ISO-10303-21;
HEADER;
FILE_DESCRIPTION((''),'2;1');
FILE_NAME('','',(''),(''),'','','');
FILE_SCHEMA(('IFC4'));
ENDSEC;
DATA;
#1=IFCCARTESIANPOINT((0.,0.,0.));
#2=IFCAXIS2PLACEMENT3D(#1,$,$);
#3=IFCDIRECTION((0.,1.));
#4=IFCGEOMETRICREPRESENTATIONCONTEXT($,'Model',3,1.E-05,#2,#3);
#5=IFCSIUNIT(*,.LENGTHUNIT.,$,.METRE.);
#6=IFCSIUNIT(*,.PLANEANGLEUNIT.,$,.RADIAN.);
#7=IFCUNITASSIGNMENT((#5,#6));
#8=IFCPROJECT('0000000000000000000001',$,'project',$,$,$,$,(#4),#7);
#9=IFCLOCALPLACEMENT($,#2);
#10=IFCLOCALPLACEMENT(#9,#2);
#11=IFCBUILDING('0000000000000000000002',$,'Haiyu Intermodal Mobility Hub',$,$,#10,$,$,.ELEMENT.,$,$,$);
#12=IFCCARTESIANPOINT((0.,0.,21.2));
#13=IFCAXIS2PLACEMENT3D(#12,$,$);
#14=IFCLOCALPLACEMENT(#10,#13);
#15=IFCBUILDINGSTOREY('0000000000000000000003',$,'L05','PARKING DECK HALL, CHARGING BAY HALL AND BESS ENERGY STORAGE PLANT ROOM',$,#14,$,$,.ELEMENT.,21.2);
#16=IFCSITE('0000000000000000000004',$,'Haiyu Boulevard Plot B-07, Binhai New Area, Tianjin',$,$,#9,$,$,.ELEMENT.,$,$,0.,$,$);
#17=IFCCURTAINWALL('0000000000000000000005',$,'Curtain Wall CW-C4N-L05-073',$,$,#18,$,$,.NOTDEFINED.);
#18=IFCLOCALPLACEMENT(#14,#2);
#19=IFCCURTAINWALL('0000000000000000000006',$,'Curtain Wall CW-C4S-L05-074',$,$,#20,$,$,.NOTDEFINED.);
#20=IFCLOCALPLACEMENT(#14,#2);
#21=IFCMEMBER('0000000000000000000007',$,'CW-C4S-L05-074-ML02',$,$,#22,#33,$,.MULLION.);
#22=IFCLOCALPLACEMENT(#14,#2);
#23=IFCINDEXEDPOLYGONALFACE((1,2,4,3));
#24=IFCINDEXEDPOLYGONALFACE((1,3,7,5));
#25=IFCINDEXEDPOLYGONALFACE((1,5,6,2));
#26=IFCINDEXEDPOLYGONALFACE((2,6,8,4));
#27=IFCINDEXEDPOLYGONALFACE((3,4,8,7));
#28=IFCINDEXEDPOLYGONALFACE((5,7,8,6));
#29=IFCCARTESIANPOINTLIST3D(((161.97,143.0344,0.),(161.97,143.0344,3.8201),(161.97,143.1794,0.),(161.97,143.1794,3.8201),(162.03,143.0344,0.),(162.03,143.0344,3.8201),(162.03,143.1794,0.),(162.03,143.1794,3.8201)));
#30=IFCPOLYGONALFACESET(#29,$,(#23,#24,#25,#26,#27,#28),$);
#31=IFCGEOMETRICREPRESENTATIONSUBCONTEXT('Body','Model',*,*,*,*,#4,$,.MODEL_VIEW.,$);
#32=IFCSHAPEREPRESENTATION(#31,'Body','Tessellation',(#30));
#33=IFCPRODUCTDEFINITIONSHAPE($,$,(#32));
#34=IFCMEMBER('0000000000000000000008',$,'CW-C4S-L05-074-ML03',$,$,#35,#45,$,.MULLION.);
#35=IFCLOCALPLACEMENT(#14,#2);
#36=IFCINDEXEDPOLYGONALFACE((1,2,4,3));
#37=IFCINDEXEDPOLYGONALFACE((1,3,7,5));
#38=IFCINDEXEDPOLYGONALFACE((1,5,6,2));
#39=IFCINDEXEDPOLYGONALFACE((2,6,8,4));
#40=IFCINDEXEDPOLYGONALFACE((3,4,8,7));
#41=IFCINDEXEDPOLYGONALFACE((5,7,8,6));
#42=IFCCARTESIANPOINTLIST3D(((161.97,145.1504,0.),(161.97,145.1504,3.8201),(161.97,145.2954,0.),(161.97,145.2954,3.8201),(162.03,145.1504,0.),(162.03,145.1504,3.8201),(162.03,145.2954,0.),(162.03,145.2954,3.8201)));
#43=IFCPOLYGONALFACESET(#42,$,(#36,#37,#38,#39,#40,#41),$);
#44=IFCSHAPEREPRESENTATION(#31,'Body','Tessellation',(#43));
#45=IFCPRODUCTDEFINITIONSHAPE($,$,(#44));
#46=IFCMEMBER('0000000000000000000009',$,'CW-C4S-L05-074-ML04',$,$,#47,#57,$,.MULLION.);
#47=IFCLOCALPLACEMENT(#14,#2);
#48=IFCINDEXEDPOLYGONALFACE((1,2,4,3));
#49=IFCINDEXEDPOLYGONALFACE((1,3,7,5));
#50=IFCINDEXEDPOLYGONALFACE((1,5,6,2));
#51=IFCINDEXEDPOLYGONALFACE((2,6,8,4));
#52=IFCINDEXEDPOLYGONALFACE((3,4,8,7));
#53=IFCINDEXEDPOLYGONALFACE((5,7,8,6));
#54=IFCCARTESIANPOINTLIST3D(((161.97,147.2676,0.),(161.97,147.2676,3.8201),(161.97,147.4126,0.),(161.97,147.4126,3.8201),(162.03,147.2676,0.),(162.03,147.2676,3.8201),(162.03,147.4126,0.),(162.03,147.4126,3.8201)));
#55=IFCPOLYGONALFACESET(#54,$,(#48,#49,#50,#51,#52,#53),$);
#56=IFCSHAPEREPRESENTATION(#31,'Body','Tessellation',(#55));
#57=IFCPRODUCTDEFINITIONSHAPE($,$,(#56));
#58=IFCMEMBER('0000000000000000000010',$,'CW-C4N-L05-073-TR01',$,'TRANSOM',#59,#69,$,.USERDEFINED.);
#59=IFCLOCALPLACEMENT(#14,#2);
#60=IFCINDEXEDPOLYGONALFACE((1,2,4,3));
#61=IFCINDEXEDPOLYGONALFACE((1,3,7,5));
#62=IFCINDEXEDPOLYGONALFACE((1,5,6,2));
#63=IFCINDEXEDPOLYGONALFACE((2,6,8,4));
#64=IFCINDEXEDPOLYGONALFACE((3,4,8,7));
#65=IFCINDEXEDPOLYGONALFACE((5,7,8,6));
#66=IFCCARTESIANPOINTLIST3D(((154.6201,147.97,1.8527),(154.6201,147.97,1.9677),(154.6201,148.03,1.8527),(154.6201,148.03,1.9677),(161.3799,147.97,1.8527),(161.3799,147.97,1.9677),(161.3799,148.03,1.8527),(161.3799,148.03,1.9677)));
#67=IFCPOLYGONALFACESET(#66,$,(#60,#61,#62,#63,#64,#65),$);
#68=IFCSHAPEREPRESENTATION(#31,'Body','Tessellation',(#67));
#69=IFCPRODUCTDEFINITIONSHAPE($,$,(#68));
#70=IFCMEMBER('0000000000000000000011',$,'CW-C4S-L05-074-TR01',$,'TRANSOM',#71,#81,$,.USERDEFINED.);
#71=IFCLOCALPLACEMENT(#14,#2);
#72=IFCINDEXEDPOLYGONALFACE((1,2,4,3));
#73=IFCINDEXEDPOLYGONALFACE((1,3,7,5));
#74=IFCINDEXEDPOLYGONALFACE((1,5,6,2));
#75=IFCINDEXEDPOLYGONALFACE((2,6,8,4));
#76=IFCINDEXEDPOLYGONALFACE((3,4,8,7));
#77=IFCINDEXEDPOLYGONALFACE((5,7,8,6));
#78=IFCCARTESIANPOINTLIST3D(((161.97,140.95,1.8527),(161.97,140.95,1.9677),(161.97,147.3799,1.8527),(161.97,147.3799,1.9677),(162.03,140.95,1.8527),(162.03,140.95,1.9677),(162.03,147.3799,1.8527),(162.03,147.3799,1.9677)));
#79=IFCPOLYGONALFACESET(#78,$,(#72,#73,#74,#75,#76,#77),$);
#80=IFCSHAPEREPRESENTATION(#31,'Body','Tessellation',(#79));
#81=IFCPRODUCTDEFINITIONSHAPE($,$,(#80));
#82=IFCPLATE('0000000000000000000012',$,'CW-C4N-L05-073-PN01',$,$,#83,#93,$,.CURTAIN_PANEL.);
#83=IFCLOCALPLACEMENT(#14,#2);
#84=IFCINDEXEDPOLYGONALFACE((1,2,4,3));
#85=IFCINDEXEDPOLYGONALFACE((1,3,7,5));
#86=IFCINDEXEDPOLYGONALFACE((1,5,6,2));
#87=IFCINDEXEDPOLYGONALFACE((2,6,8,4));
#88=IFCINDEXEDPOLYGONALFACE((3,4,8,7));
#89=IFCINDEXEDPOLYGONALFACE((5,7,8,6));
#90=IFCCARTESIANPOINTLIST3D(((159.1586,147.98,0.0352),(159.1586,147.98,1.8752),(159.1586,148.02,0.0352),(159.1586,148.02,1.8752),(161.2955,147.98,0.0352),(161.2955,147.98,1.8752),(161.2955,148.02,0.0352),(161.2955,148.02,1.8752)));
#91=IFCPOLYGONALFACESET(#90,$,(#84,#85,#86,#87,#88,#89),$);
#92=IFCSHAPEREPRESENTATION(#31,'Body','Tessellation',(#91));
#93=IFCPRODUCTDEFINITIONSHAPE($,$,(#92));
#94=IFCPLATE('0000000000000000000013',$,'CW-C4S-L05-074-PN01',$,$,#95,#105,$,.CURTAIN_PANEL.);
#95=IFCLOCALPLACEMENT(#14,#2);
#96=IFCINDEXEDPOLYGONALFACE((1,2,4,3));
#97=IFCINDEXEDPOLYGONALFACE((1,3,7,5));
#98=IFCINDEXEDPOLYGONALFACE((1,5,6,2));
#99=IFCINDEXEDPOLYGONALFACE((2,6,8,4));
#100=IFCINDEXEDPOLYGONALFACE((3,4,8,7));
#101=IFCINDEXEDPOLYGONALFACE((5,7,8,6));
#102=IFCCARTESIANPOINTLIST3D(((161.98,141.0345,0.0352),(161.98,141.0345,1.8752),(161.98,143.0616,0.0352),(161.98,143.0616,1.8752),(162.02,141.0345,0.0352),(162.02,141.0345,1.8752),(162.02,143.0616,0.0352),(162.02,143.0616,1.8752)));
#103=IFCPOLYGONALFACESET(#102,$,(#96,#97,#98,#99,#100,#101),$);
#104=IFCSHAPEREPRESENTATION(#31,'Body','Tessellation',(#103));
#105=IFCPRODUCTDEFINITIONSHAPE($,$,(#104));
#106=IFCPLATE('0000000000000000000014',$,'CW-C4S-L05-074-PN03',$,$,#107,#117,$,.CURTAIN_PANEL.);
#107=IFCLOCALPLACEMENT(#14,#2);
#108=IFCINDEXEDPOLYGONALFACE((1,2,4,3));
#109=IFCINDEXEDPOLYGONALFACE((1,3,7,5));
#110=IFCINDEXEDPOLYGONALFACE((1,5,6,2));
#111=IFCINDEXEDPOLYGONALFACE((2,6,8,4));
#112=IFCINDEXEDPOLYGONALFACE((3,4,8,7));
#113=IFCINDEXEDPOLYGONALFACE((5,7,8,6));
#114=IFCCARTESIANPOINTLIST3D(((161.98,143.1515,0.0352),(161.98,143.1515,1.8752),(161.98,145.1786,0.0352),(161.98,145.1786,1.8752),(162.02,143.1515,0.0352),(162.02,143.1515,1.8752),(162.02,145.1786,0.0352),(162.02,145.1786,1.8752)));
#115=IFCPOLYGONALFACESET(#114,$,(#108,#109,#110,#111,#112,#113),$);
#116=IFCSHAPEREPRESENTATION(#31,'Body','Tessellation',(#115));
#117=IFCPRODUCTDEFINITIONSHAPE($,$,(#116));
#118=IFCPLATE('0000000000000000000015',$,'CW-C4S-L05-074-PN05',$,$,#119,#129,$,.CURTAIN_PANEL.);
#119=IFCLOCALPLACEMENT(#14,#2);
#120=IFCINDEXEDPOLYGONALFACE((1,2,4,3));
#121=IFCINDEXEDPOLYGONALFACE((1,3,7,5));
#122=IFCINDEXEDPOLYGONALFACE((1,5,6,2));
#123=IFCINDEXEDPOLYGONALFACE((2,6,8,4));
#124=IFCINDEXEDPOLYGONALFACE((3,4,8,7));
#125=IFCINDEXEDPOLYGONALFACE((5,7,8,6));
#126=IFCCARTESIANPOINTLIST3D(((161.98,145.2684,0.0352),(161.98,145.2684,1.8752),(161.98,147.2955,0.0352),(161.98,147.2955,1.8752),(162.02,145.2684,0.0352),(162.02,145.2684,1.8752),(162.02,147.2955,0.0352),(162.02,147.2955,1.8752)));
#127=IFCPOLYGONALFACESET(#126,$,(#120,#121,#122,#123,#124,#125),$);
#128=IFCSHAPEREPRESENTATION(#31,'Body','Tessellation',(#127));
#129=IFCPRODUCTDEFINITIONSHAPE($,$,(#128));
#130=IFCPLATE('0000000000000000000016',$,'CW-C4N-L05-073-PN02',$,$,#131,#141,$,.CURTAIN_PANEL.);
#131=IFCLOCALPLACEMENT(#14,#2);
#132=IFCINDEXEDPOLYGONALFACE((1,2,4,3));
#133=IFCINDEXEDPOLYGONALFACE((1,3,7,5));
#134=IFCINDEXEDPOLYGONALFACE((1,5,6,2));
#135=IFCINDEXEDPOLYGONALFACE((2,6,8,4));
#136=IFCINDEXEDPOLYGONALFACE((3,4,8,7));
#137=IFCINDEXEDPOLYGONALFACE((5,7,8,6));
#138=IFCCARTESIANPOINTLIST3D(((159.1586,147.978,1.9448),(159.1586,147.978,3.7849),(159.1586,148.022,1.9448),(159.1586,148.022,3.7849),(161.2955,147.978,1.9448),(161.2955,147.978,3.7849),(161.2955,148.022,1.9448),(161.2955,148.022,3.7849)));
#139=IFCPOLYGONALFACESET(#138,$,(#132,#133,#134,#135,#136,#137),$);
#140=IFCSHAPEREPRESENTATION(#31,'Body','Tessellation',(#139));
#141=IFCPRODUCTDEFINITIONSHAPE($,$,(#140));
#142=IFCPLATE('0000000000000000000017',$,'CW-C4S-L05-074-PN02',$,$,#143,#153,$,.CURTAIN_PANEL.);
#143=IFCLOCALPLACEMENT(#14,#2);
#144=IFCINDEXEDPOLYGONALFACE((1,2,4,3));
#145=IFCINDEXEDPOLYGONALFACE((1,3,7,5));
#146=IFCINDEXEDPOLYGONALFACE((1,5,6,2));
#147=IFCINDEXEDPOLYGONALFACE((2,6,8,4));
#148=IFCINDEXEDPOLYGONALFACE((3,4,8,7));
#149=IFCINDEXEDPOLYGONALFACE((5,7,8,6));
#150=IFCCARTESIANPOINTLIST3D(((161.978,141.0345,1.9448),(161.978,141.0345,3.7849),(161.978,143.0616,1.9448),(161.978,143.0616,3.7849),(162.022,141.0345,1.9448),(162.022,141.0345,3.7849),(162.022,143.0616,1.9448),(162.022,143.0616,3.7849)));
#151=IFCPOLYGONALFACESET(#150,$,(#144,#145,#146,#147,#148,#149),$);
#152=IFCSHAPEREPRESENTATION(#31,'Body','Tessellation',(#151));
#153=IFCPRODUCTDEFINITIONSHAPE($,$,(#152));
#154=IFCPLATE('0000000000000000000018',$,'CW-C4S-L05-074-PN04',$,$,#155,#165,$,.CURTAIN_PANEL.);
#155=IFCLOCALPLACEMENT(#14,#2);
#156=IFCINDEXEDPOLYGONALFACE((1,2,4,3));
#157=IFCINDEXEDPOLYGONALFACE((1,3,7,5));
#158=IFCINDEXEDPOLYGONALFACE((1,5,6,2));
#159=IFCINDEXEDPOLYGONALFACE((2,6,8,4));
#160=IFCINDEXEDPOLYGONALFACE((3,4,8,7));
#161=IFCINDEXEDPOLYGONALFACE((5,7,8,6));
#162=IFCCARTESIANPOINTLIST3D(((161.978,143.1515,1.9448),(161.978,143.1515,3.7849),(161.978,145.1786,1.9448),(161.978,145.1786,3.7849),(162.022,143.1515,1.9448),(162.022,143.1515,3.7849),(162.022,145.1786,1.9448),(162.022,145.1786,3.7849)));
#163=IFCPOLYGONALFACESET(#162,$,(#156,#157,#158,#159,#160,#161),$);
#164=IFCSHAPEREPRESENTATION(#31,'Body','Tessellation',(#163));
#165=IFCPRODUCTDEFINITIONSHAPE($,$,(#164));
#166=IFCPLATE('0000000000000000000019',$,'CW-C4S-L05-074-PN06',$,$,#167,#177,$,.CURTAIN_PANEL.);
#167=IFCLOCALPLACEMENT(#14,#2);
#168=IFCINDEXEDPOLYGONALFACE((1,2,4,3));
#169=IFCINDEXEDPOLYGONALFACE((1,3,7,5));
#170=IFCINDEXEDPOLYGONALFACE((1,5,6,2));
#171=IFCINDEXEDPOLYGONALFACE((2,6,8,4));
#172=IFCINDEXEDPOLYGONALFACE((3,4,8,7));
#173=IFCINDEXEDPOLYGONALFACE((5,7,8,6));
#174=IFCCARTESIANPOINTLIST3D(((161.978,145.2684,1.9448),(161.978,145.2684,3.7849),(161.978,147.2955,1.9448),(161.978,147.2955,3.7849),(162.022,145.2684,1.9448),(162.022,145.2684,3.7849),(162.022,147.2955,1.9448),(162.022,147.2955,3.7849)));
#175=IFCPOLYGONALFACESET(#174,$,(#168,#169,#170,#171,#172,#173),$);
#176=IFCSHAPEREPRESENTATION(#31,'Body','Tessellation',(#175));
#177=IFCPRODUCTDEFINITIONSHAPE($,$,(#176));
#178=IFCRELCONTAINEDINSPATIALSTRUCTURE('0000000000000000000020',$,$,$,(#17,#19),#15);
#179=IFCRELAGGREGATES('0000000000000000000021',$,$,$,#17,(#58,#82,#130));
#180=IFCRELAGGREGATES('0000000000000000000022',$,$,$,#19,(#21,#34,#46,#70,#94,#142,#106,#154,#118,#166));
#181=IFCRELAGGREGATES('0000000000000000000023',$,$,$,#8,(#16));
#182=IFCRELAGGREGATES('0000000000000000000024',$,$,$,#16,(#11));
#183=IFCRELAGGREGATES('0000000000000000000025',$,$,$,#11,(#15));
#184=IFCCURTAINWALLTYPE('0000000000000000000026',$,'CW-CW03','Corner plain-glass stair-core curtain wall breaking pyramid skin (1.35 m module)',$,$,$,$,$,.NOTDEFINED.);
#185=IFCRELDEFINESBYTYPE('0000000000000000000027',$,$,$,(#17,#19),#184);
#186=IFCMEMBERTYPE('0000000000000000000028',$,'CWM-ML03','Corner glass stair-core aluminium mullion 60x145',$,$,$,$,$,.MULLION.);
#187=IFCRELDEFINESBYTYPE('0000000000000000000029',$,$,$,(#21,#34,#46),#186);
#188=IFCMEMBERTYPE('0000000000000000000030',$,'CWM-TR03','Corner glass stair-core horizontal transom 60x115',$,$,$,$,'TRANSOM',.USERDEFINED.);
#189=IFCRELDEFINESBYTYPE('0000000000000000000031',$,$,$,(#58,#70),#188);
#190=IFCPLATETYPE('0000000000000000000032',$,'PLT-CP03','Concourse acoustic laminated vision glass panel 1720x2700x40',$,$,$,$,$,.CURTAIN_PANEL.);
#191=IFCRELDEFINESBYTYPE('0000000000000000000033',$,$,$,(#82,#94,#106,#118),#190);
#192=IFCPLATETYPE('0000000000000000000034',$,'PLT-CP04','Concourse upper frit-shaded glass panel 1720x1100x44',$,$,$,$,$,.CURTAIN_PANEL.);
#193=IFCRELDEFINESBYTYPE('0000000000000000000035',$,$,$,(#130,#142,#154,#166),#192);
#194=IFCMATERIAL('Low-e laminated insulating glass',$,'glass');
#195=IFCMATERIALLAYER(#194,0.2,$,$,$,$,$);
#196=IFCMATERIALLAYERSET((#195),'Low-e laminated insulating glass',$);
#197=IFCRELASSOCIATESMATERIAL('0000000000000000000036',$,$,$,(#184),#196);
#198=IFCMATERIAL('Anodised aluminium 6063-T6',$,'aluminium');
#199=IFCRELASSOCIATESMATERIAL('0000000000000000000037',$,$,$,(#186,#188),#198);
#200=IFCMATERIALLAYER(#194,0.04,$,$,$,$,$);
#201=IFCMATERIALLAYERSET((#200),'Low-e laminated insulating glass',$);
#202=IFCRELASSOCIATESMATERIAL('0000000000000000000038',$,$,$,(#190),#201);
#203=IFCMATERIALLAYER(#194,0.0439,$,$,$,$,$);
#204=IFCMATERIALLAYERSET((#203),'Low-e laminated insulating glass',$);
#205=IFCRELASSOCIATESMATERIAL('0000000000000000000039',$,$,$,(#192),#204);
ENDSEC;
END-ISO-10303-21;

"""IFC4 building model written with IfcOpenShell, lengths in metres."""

from ifc_helpers import new_model, si_unit, direction, frame, origin, origin_2d, place, context, subcontext, project, spatial, rectangle, extrude, material, layer, layer_set, material_profile, profile_set, type_object, element, aggregate, save


model = new_model("IFC4")

# Units and contexts
model_context = context("Model", 3, precision=1e-05, world=origin(), true_north=direction((0.0, 1.0)))
body_context = subcontext(model_context, "Body", "Model", "MODEL_VIEW")
ifc_project = project(units=[si_unit("LENGTHUNIT", "METRE"), si_unit("PLANEANGLEUNIT", "RADIAN")], contexts=[model_context])

# Site, building, storey
site_placement = place(None, origin())
site = spatial("IfcSite", under=ifc_project, at=site_placement, Name="Haiyu Boulevard Plot B-07, Binhai New Area, Tianjin", CompositionType="ELEMENT", RefElevation=0.0)
building_placement = place(site_placement, origin())
building = spatial("IfcBuilding", under=site, at=building_placement, Name="Haiyu Intermodal Mobility Hub", CompositionType="ELEMENT")
storey_placement = place(building_placement, frame((0.0, 0.0, 21.2)))
storey = spatial("IfcBuildingStorey", under=building, at=storey_placement, Name="L05", Description="PARKING DECK HALL, CHARGING BAY HALL AND BESS ENERGY STORAGE PLANT ROOM", CompositionType="ELEMENT", Elevation=21.2)

# Curtain walls, members
ifc_material_1 = material(Name="Low-e laminated insulating glass", Category="glass")
ifc_layer_1 = layer(ifc_material_1, 0.2)
ifc_layer_set_1 = layer_set([ifc_layer_1], Name="Low-e laminated insulating glass")
curtain_wall_type = type_object("IfcCurtainWallType", Name="CW-CW03", Description="Corner plain-glass stair-core curtain wall breaking pyramid skin (1.35 m module)", PredefinedType="NOTDEFINED", material=ifc_layer_set_1)
curtain_wall_1_placement = place(storey_placement, origin())
curtain_wall_1 = element("IfcCurtainWall", 1, at=curtain_wall_1_placement, inside=storey, type_object=curtain_wall_type, Name="Curtain Wall CW-C4N-L05-073", PredefinedType="NOTDEFINED")
ifc_material_2 = material(Name="Anodised aluminium 6063-T6", Category="aluminium")
ifc_material_profile_1 = material_profile(ifc_material_2, rectangle(XDim=0.0601, YDim=0.145, at=origin_2d()), Name="ALU60x145")
ifc_profile_set_1 = profile_set([ifc_material_profile_1], Name="Anodised aluminium 6063-T6")
member_type_1 = type_object("IfcMemberType", Name="CWM-ML03", Description="Corner glass stair-core aluminium mullion 60x145", PredefinedType="MULLION", material=ifc_profile_set_1)
curtain_wall_2_placement = place(storey_placement, origin())
curtain_wall_2 = element("IfcCurtainWall", 2, at=curtain_wall_2_placement, inside=storey, type_object=curtain_wall_type, Name="Curtain Wall CW-C4S-L05-074", PredefinedType="NOTDEFINED")
member_1_placement = place(storey_placement, frame((162.0, 143.1069, 0.0), z_axis=(0.0, 0.0, 1.0), x_axis=(1.0, 0.0, 0.0)))
member_1 = element("IfcMember", 3, at=member_1_placement, type_object=member_type_1, Name="CW-C4S-L05-074-ML02", PredefinedType="MULLION", context=body_context, shape_type="SweptSolid", body=[
    extrude(rectangle(XDim=0.0601, YDim=0.145, at=origin_2d()), origin(), (0.0, 0.0, 1.0), 3.8201),
])
member_2_placement = place(storey_placement, frame((162.0, 145.2229, 0.0), z_axis=(0.0, 0.0, 1.0), x_axis=(1.0, 0.0, 0.0)))
member_2 = element("IfcMember", 4, at=member_2_placement, type_object=member_type_1, Name="CW-C4S-L05-074-ML03", PredefinedType="MULLION", context=body_context, shape_type="SweptSolid", body=[
    extrude(rectangle(XDim=0.0601, YDim=0.145, at=origin_2d()), origin(), (0.0, 0.0, 1.0), 3.8201),
])
member_3_placement = place(storey_placement, frame((162.0, 147.3401, 0.0), z_axis=(0.0, 0.0, 1.0), x_axis=(1.0, 0.0, 0.0)))
member_3 = element("IfcMember", 5, at=member_3_placement, type_object=member_type_1, Name="CW-C4S-L05-074-ML04", PredefinedType="MULLION", context=body_context, shape_type="SweptSolid", body=[
    extrude(rectangle(XDim=0.0601, YDim=0.145, at=origin_2d()), origin(), (0.0, 0.0, 1.0), 3.8201),
])

# Members
ifc_material_profile_2 = material_profile(ifc_material_2, rectangle(XDim=0.0601, YDim=0.115, at=origin_2d()), Name="ALU60x115")
ifc_profile_set_2 = profile_set([ifc_material_profile_2], Name="Anodised aluminium 6063-T6")
member_type_2 = type_object("IfcMemberType", Name="CWM-TR03", Description="Corner glass stair-core horizontal transom 60x115", ElementType="TRANSOM", PredefinedType="USERDEFINED", material=ifc_profile_set_2)
member_4_placement = place(storey_placement, frame((161.3799, 148.0, 1.9102), z_axis=(-1.0, 0.0, 0.0), x_axis=(0.0, -1.0, 0.0)))
member_4 = element("IfcMember", 6, at=member_4_placement, type_object=member_type_2, Name="CW-C4N-L05-073-TR01", ObjectType="TRANSOM", PredefinedType="USERDEFINED", context=body_context, shape_type="SweptSolid", body=[
    extrude(rectangle(XDim=0.0601, YDim=0.115, at=origin_2d()), origin(), (0.0, 0.0, 1.0), 6.7598),
])
member_5_placement = place(storey_placement, frame((162.0, 140.95, 1.9102), z_axis=(0.0, 1.0, 0.0), x_axis=(-1.0, 0.0, 0.0)))
member_5 = element("IfcMember", 7, at=member_5_placement, type_object=member_type_2, Name="CW-C4S-L05-074-TR01", ObjectType="TRANSOM", PredefinedType="USERDEFINED", context=body_context, shape_type="SweptSolid", body=[
    extrude(rectangle(XDim=0.0601, YDim=0.115, at=origin_2d()), origin(), (0.0, 0.0, 1.0), 6.4299),
])

# Plates
ifc_layer_2 = layer(ifc_material_1, 0.04)
ifc_layer_set_2 = layer_set([ifc_layer_2], Name="Low-e laminated insulating glass")
plate_type_1 = type_object("IfcPlateType", Name="PLT-CP03", Description="Concourse acoustic laminated vision glass panel 1720x2700x40", PredefinedType="CURTAIN_PANEL", material=ifc_layer_set_2)
plate_1_placement = place(storey_placement, frame((160.2271, 148.0, 0.0352), z_axis=(0.0, 0.0, 1.0), x_axis=(-1.0, 0.0, 0.0)))
plate_1 = element("IfcPlate", 8, at=plate_1_placement, type_object=plate_type_1, Name="CW-C4N-L05-073-PN01", PredefinedType="CURTAIN_PANEL", context=body_context, shape_type="SweptSolid", body=[
    extrude(rectangle(XDim=2.137, YDim=0.04, at=origin_2d()), origin(), (0.0, 0.0, 1.0), 1.8401),
])
plate_2_placement = place(storey_placement, frame((162.0, 142.0481, 0.0352), z_axis=(0.0, 0.0, 1.0), x_axis=(0.0, 1.0, 0.0)))
plate_2 = element("IfcPlate", 9, at=plate_2_placement, type_object=plate_type_1, Name="CW-C4S-L05-074-PN01", PredefinedType="CURTAIN_PANEL", context=body_context, shape_type="SweptSolid", body=[
    extrude(rectangle(XDim=2.0271, YDim=0.04, at=origin_2d()), origin(), (0.0, 0.0, 1.0), 1.8401),
])
plate_3_placement = place(storey_placement, frame((162.0, 144.165, 0.0352), z_axis=(0.0, 0.0, 1.0), x_axis=(0.0, 1.0, 0.0)))
plate_3 = element("IfcPlate", 10, at=plate_3_placement, type_object=plate_type_1, Name="CW-C4S-L05-074-PN03", PredefinedType="CURTAIN_PANEL", context=body_context, shape_type="SweptSolid", body=[
    extrude(rectangle(XDim=2.0271, YDim=0.04, at=origin_2d()), origin(), (0.0, 0.0, 1.0), 1.8401),
])
plate_4_placement = place(storey_placement, frame((162.0, 146.282, 0.0352), z_axis=(0.0, 0.0, 1.0), x_axis=(0.0, 1.0, 0.0)))
plate_4 = element("IfcPlate", 11, at=plate_4_placement, type_object=plate_type_1, Name="CW-C4S-L05-074-PN05", PredefinedType="CURTAIN_PANEL", context=body_context, shape_type="SweptSolid", body=[
    extrude(rectangle(XDim=2.0271, YDim=0.04, at=origin_2d()), origin(), (0.0, 0.0, 1.0), 1.8401),
])
ifc_layer_3 = layer(ifc_material_1, 0.0439)
ifc_layer_set_3 = layer_set([ifc_layer_3], Name="Low-e laminated insulating glass")
plate_type_2 = type_object("IfcPlateType", Name="PLT-CP04", Description="Concourse upper frit-shaded glass panel 1720x1100x44", PredefinedType="CURTAIN_PANEL", material=ifc_layer_set_3)
plate_5_placement = place(storey_placement, frame((160.2271, 148.0, 1.9448), z_axis=(0.0, 0.0, 1.0), x_axis=(-1.0, 0.0, 0.0)))
plate_5 = element("IfcPlate", 12, at=plate_5_placement, type_object=plate_type_2, Name="CW-C4N-L05-073-PN02", PredefinedType="CURTAIN_PANEL", context=body_context, shape_type="SweptSolid", body=[
    extrude(rectangle(XDim=2.137, YDim=0.0439, at=origin_2d()), origin(), (0.0, 0.0, 1.0), 1.8401),
])
aggregate(curtain_wall_1, [member_4, plate_1, plate_5])
plate_6_placement = place(storey_placement, frame((162.0, 142.0481, 1.9448), z_axis=(0.0, 0.0, 1.0), x_axis=(0.0, 1.0, 0.0)))
plate_6 = element("IfcPlate", 13, at=plate_6_placement, type_object=plate_type_2, Name="CW-C4S-L05-074-PN02", PredefinedType="CURTAIN_PANEL", context=body_context, shape_type="SweptSolid", body=[
    extrude(rectangle(XDim=2.0271, YDim=0.0439, at=origin_2d()), origin(), (0.0, 0.0, 1.0), 1.8401),
])
plate_7_placement = place(storey_placement, frame((162.0, 144.165, 1.9448), z_axis=(0.0, 0.0, 1.0), x_axis=(0.0, 1.0, 0.0)))
plate_7 = element("IfcPlate", 14, at=plate_7_placement, type_object=plate_type_2, Name="CW-C4S-L05-074-PN04", PredefinedType="CURTAIN_PANEL", context=body_context, shape_type="SweptSolid", body=[
    extrude(rectangle(XDim=2.0271, YDim=0.0439, at=origin_2d()), origin(), (0.0, 0.0, 1.0), 1.8401),
])
plate_8_placement = place(storey_placement, frame((162.0, 146.282, 1.9448), z_axis=(0.0, 0.0, 1.0), x_axis=(0.0, 1.0, 0.0)))
plate_8 = element("IfcPlate", 15, at=plate_8_placement, type_object=plate_type_2, Name="CW-C4S-L05-074-PN06", PredefinedType="CURTAIN_PANEL", context=body_context, shape_type="SweptSolid", body=[
    extrude(rectangle(XDim=2.0271, YDim=0.0439, at=origin_2d()), origin(), (0.0, 0.0, 1.0), 1.8401),
])
aggregate(curtain_wall_2, [member_1, member_2, member_3, member_5, plate_2, plate_6, plate_3, plate_7, plate_4, plate_8])

save(model, "model.ifc")
